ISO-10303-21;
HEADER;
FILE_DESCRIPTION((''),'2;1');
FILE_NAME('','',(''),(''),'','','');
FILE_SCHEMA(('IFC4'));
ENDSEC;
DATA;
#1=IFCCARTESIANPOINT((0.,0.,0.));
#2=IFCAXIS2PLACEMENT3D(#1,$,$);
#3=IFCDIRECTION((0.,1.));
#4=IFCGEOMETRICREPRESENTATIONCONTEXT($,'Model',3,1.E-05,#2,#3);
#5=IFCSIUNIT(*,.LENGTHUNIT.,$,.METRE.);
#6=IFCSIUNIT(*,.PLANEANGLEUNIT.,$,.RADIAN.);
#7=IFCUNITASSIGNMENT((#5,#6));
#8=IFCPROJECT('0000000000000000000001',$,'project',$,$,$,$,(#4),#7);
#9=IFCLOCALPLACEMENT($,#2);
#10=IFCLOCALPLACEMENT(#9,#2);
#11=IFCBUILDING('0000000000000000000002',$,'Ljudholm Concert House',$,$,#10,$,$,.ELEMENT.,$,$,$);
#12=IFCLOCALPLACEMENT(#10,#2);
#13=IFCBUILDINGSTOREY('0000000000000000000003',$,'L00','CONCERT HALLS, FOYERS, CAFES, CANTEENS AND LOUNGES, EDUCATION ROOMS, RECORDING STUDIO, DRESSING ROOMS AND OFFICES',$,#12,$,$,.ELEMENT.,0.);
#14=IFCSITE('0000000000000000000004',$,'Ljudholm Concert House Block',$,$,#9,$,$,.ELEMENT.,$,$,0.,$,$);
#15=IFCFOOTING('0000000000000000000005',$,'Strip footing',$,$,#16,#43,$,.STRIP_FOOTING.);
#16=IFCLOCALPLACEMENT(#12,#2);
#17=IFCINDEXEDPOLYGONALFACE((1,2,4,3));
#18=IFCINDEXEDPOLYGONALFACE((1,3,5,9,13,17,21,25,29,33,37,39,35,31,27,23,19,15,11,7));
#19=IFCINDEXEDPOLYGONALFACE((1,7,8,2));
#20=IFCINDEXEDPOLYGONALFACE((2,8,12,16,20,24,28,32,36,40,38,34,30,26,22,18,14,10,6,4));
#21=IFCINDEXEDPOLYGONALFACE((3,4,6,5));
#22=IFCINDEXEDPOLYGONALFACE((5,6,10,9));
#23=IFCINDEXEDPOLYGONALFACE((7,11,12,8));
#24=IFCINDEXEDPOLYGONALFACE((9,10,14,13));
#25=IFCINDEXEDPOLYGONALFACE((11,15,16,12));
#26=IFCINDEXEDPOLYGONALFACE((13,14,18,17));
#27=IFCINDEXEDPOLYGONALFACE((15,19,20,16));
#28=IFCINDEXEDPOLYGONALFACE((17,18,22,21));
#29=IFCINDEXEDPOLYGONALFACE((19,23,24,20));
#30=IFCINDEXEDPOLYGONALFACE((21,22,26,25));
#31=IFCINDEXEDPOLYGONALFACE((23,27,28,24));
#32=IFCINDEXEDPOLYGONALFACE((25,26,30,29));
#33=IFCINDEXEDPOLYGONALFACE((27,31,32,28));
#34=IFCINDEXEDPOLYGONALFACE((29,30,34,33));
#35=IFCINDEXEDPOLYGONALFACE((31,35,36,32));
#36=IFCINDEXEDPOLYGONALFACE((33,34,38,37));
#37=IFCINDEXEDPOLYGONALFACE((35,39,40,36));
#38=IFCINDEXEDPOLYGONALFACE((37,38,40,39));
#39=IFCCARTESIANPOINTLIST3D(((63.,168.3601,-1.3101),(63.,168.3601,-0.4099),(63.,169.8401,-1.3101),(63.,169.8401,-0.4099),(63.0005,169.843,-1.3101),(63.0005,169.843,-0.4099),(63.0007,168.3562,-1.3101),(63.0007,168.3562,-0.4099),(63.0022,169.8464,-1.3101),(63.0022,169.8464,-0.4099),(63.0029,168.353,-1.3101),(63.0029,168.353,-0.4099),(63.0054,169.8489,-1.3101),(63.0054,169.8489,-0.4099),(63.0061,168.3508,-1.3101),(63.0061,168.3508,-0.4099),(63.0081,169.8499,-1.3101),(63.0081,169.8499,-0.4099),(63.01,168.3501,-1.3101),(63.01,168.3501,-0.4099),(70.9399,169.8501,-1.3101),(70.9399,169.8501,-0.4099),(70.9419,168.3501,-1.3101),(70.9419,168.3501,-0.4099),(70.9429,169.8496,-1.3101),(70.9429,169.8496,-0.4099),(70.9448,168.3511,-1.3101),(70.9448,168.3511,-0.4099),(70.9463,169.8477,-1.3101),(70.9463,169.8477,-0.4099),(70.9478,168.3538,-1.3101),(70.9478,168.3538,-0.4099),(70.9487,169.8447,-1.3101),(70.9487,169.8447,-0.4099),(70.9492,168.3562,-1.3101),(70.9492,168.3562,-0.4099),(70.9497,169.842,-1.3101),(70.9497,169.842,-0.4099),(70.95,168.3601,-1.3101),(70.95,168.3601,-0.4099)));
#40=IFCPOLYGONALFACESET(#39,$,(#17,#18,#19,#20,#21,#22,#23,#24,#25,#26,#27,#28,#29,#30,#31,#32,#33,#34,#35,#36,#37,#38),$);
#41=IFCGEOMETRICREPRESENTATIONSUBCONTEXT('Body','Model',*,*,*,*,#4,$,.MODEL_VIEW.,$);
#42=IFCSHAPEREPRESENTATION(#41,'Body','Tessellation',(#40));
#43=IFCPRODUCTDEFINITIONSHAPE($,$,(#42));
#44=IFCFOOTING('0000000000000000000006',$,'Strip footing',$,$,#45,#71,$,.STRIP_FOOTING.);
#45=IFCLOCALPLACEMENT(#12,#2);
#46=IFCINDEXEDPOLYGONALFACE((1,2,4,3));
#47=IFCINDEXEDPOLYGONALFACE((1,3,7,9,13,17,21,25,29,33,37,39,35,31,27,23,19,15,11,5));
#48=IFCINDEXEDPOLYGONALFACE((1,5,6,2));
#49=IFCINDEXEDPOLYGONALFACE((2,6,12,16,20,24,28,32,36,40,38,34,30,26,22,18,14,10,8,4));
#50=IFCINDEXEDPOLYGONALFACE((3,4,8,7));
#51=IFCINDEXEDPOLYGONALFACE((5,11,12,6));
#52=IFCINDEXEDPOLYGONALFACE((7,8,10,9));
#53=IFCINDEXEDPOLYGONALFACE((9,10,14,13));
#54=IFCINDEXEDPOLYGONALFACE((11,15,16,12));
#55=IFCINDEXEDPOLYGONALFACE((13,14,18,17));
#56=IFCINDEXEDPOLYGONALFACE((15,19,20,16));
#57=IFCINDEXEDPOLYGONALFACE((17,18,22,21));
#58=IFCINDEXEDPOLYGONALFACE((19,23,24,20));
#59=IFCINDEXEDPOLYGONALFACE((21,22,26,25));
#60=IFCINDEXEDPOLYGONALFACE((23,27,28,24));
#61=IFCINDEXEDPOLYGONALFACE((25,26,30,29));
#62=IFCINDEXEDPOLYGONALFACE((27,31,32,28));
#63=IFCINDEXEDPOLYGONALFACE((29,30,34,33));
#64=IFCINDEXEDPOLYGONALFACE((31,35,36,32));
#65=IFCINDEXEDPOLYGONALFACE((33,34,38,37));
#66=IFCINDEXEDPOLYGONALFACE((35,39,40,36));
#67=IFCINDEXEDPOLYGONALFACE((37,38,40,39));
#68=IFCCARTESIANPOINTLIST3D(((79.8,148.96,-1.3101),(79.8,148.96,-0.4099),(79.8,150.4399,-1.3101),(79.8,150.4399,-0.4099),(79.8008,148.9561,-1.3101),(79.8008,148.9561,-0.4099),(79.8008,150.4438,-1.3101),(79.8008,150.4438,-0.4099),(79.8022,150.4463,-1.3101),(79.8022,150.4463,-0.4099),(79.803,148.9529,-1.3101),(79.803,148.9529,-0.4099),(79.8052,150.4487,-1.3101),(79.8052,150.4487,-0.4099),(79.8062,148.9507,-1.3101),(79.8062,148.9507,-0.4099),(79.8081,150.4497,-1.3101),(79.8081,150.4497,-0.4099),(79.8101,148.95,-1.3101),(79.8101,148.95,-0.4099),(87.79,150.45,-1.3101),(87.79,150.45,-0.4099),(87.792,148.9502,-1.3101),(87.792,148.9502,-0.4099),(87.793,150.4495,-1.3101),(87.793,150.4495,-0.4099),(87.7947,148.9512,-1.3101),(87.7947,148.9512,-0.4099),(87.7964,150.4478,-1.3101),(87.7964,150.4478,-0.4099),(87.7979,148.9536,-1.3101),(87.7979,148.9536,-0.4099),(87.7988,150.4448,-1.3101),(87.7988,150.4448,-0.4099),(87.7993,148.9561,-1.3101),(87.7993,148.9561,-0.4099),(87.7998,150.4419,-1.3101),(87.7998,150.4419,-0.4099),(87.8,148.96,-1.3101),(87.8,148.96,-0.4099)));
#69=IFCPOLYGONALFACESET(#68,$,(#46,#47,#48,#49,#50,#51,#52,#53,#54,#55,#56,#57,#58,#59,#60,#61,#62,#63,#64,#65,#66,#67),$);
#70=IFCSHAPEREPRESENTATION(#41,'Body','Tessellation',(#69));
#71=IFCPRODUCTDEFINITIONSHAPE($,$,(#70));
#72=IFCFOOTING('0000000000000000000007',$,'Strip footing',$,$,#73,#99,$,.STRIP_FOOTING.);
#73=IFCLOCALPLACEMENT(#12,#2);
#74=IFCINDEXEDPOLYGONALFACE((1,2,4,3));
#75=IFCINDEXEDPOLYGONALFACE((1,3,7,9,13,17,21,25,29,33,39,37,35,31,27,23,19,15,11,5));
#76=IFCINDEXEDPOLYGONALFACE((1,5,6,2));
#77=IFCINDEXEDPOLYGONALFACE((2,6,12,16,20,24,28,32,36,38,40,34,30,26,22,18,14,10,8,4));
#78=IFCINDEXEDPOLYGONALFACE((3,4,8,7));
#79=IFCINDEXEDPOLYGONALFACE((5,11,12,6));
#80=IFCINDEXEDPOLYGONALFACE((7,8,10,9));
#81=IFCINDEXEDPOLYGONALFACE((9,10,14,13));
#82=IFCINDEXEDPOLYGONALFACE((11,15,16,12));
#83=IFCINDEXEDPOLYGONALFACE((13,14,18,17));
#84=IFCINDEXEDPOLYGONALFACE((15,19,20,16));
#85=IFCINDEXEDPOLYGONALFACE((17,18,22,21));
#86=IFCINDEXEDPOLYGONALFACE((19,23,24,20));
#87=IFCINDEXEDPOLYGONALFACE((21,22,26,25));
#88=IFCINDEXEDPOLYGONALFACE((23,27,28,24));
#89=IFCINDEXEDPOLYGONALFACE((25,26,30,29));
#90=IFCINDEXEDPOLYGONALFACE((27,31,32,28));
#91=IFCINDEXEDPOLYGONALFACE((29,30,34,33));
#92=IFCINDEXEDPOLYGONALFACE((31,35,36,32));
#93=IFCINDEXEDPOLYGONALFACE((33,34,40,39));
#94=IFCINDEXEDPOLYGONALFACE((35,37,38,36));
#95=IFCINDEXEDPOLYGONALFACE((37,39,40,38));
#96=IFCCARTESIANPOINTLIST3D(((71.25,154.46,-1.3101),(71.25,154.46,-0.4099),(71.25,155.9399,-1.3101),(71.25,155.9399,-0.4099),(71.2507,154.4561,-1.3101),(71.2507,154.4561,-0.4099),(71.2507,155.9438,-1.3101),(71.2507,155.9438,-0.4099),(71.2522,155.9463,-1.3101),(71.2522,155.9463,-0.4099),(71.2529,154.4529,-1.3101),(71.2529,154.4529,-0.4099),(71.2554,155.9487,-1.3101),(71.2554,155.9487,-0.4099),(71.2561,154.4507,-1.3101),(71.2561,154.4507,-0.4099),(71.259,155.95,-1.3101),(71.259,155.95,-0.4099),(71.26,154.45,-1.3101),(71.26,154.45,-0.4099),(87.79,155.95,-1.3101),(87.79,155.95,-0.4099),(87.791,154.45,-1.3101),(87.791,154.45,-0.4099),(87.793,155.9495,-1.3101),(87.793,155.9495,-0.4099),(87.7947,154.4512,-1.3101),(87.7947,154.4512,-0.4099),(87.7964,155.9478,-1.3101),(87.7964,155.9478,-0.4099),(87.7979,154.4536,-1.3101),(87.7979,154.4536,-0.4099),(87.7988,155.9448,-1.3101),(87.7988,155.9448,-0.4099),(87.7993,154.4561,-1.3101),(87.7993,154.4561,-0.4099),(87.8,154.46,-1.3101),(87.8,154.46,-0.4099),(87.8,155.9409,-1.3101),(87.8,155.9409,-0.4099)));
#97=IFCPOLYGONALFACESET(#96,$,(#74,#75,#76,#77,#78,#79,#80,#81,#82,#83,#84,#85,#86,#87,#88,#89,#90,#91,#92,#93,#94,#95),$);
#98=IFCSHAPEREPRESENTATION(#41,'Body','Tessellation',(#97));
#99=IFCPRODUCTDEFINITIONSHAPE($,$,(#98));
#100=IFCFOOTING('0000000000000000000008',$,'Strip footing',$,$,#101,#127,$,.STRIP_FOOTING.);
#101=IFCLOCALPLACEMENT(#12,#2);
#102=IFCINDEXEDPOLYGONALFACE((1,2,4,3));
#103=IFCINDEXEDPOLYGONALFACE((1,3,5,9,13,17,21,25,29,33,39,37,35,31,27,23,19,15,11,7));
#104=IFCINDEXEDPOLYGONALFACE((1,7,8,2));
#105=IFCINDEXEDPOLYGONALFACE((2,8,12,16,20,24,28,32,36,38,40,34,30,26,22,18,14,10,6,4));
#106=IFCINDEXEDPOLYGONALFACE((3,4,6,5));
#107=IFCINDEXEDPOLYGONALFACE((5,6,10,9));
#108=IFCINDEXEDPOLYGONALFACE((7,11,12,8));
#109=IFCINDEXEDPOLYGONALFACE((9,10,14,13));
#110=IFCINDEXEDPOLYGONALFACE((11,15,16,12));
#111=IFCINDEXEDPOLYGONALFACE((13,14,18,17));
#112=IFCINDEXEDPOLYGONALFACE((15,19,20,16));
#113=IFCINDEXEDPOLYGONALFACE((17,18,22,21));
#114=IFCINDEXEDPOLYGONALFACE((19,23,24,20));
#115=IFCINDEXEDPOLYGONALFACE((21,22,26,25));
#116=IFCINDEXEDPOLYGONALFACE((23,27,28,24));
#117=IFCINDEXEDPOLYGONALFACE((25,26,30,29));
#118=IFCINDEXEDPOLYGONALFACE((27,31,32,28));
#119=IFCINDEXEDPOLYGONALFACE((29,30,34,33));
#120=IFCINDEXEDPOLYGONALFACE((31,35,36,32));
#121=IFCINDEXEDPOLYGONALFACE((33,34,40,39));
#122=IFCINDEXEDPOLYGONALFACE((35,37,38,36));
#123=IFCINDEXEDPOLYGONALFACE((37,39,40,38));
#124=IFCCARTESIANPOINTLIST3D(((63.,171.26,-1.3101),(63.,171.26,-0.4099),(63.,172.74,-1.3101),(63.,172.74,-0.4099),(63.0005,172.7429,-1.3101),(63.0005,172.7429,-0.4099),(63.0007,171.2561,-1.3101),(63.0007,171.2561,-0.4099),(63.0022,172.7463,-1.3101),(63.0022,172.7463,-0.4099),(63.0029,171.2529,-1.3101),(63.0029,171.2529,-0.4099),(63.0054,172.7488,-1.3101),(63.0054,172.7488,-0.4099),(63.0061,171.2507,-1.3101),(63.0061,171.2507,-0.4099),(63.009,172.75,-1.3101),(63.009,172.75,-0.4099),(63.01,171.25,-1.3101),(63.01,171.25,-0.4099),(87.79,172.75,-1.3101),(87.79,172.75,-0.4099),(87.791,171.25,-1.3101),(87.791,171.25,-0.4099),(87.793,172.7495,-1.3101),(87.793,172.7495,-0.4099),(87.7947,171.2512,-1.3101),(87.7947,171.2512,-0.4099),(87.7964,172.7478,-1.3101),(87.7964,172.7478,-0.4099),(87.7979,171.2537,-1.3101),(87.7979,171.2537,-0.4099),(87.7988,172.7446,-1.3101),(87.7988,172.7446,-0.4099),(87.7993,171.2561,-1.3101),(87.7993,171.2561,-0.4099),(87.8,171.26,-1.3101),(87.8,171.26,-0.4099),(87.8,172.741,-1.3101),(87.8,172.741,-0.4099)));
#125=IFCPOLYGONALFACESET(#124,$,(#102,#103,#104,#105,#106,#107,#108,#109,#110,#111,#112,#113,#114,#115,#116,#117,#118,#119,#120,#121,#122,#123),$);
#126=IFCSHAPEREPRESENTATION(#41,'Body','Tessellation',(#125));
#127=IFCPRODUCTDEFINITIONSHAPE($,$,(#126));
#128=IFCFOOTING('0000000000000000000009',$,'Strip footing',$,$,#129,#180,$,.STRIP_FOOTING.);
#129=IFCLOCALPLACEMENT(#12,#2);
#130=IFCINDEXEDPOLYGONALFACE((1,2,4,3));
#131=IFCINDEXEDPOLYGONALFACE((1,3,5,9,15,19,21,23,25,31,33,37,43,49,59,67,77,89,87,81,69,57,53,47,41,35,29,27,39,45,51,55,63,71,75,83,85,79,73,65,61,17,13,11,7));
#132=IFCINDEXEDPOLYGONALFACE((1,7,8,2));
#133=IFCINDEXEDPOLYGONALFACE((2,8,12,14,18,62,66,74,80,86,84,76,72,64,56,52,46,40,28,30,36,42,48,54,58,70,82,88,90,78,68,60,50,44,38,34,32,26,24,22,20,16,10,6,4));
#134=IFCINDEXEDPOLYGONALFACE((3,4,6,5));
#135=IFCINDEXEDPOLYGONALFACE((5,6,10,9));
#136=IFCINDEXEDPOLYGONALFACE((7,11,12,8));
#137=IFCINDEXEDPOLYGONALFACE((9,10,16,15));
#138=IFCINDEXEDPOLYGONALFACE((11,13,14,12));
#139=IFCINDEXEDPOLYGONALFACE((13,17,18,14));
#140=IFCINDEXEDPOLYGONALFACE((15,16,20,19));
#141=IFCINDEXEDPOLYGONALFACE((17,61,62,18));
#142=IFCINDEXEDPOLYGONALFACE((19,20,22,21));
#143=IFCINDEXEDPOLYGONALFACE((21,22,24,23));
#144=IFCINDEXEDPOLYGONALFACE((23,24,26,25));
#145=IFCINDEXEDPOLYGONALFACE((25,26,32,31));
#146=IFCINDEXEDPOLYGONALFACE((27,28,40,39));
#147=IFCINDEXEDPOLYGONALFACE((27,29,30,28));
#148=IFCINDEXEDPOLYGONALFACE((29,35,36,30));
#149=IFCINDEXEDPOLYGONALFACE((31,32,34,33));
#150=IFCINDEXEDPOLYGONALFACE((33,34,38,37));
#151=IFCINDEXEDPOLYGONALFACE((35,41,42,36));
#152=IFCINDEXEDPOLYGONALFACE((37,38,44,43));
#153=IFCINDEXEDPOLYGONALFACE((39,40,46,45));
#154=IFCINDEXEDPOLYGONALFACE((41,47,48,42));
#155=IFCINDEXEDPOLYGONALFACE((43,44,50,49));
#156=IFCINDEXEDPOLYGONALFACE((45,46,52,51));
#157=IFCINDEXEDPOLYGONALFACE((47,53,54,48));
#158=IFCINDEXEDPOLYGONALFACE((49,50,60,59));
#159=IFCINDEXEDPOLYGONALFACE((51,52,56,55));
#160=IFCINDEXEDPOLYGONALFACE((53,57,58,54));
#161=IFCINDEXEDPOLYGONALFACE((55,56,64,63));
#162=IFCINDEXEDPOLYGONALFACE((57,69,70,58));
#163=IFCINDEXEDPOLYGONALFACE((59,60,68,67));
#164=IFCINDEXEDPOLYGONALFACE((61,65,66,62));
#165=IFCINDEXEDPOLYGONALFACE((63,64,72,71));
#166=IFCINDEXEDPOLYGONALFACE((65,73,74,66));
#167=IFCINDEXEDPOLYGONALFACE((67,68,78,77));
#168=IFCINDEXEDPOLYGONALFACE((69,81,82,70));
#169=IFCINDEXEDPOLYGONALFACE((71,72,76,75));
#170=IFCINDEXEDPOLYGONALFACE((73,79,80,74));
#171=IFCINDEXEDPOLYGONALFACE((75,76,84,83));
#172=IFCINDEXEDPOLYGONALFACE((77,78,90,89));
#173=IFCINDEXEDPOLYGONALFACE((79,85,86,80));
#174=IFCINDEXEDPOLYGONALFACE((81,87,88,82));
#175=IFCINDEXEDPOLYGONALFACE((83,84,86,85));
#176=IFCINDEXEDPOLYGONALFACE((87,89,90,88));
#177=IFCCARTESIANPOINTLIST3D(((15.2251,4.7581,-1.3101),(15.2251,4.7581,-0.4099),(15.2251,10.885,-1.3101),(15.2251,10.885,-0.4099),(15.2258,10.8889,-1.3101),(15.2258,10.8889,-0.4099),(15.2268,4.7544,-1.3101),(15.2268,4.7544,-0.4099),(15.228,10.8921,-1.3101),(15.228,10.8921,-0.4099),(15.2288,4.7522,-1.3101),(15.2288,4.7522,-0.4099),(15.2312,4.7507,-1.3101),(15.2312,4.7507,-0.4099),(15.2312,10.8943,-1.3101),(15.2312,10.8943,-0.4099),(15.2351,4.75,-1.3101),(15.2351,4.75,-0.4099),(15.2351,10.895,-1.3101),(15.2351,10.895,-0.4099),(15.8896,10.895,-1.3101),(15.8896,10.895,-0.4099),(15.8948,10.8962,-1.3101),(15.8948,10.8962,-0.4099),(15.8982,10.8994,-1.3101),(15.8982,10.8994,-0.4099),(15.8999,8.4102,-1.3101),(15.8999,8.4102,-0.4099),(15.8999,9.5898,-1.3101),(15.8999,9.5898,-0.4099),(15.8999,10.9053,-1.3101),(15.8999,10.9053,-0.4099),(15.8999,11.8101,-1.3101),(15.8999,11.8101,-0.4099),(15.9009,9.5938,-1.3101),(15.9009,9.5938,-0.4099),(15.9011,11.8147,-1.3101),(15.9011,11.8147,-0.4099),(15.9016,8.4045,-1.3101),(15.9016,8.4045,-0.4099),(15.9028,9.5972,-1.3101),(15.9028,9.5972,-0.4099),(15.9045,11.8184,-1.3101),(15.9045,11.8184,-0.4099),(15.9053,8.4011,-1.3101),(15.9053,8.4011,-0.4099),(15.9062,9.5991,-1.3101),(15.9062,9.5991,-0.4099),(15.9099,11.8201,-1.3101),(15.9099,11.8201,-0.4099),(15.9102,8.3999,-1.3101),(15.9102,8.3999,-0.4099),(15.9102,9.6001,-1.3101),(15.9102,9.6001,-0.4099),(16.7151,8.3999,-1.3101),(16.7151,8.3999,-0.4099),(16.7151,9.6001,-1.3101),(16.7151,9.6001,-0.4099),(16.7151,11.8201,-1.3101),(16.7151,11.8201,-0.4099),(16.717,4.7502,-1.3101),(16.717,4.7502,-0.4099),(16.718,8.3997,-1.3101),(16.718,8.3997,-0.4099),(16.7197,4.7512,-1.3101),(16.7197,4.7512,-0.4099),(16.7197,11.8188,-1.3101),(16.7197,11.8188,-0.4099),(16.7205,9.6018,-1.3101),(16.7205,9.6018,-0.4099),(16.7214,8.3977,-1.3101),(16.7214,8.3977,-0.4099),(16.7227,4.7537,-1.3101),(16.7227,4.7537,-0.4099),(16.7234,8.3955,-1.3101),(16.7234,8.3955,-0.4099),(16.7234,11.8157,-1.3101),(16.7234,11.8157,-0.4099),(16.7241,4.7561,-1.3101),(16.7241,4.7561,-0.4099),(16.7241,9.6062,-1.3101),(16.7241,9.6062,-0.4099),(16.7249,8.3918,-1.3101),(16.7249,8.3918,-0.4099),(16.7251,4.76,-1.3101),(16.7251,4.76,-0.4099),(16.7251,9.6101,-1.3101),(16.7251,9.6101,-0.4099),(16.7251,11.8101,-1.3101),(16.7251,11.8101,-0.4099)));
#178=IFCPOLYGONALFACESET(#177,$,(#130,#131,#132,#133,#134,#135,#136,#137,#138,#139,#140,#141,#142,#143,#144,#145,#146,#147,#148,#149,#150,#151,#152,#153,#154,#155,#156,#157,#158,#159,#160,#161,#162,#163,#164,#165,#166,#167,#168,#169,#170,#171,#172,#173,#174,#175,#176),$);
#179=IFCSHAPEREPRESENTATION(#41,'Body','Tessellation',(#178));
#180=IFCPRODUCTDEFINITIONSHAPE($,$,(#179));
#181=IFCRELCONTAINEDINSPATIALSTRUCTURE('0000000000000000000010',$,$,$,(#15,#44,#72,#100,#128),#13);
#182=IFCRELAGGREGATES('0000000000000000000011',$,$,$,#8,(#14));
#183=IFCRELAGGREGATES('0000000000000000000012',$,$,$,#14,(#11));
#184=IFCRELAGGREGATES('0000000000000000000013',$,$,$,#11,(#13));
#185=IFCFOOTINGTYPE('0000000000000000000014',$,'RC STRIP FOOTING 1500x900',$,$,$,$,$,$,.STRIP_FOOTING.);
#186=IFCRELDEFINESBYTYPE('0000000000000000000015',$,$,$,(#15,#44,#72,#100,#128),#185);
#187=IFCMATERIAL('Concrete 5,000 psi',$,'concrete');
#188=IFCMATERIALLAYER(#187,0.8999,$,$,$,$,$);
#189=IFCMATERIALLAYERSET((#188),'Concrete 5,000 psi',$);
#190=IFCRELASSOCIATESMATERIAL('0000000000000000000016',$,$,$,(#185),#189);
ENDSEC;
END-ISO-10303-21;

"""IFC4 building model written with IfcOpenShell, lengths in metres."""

from ifc_helpers import new_model, si_unit, direction, frame, origin, place, context, subcontext, project, spatial, polyline, outline, extrude, material, layer, layer_set, type_object, element, save


model = new_model("IFC4")

# Units and contexts
model_context = context("Model", 3, precision=1e-05, world=origin(), true_north=direction((0.0, 1.0)))
body_context = subcontext(model_context, "Body", "Model", "MODEL_VIEW")
ifc_project = project(units=[si_unit("LENGTHUNIT", "METRE"), si_unit("PLANEANGLEUNIT", "RADIAN")], contexts=[model_context])

# Site, building, storey
site_placement = place(None, origin())
site = spatial("IfcSite", under=ifc_project, at=site_placement, Name="Ljudholm Concert House Block", CompositionType="ELEMENT", RefElevation=0.0)
building_placement = place(site_placement, origin())
building = spatial("IfcBuilding", under=site, at=building_placement, Name="Ljudholm Concert House", CompositionType="ELEMENT")
storey_placement = place(building_placement, origin())
storey = spatial("IfcBuildingStorey", under=building, at=storey_placement, Name="L00", Description="CONCERT HALLS, FOYERS, CAFES, CANTEENS AND LOUNGES, EDUCATION ROOMS, RECORDING STUDIO, DRESSING ROOMS AND OFFICES", CompositionType="ELEMENT", Elevation=0.0)

# Footings
ifc_material_1 = material(Name="Concrete 5,000 psi", Category="concrete")
ifc_layer_1 = layer(ifc_material_1, 0.8999)
ifc_layer_set_1 = layer_set([ifc_layer_1], Name="Concrete 5,000 psi")
footing_type_1 = type_object("IfcFootingType", Name="RC STRIP FOOTING 1500x900", PredefinedType="STRIP_FOOTING", material=ifc_layer_set_1)
footing_1_placement = place(storey_placement, frame((0.0, 0.0, -1.3101)))
element("IfcFooting", 1, at=footing_1_placement, inside=storey, type_object=footing_type_1, Name="Strip footing", PredefinedType="STRIP_FOOTING", context=body_context, shape_type="SweptSolid", body=[
    extrude(outline(polyline([(63.01, 168.3501), (70.9419, 168.3501), (70.9448, 168.3511), (70.9478, 168.3538), (70.9492, 168.3562), (70.95, 168.3601), (70.9497, 169.842), (70.9487, 169.8447), (70.9463, 169.8477), (70.9429, 169.8496), (70.9399, 169.8501), (63.0081, 169.8499), (63.0054, 169.8489), (63.0022, 169.8464), (63.0005, 169.843), (63.0, 169.8401), (63.0, 168.3601), (63.0007, 168.3562), (63.0029, 168.353), (63.0061, 168.3508), (63.01, 168.3501)])), origin(), (0.0, 0.0, 1.0), 0.9001),
])
footing_2_placement = place(storey_placement, frame((0.0, 0.0, -1.3101)))
element("IfcFooting", 2, at=footing_2_placement, inside=storey, type_object=footing_type_1, Name="Strip footing", PredefinedType="STRIP_FOOTING", context=body_context, shape_type="SweptSolid", body=[
    extrude(outline(polyline([(79.8101, 148.95), (87.792, 148.9502), (87.7947, 148.9512), (87.7979, 148.9536), (87.7993, 148.9561), (87.8, 148.96), (87.7998, 150.4419), (87.7988, 150.4448), (87.7964, 150.4478), (87.793, 150.4495), (87.79, 150.45), (79.8081, 150.4497), (79.8052, 150.4487), (79.8022, 150.4463), (79.8008, 150.4438), (79.8, 150.4399), (79.8, 148.96), (79.8008, 148.9561), (79.803, 148.9529), (79.8062, 148.9507), (79.8101, 148.95)])), origin(), (0.0, 0.0, 1.0), 0.9001),
])
footing_3_placement = place(storey_placement, frame((0.0, 0.0, -1.3101)))
element("IfcFooting", 3, at=footing_3_placement, inside=storey, type_object=footing_type_1, Name="Strip footing", PredefinedType="STRIP_FOOTING", context=body_context, shape_type="SweptSolid", body=[
    extrude(outline(polyline([(71.26, 154.45), (87.791, 154.45), (87.7947, 154.4512), (87.7979, 154.4536), (87.7993, 154.4561), (87.8, 154.46), (87.8, 155.9409), (87.7988, 155.9448), (87.7964, 155.9478), (87.793, 155.9495), (87.79, 155.95), (71.259, 155.95), (71.2554, 155.9487), (71.2522, 155.9463), (71.2507, 155.9438), (71.25, 155.9399), (71.25, 154.46), (71.2507, 154.4561), (71.2529, 154.4529), (71.2561, 154.4507), (71.26, 154.45)])), origin(), (0.0, 0.0, 1.0), 0.9001),
])
footing_4_placement = place(storey_placement, frame((0.0, 0.0, -1.3101)))
element("IfcFooting", 4, at=footing_4_placement, inside=storey, type_object=footing_type_1, Name="Strip footing", PredefinedType="STRIP_FOOTING", context=body_context, shape_type="SweptSolid", body=[
    extrude(outline(polyline([(63.01, 171.25), (87.791, 171.25), (87.7947, 171.2512), (87.7979, 171.2537), (87.7993, 171.2561), (87.8, 171.26), (87.8, 172.741), (87.7988, 172.7446), (87.7964, 172.7478), (87.793, 172.7495), (87.79, 172.75), (63.009, 172.75), (63.0054, 172.7488), (63.0022, 172.7463), (63.0005, 172.7429), (63.0, 172.74), (63.0, 171.26), (63.0007, 171.2561), (63.0029, 171.2529), (63.0061, 171.2507), (63.01, 171.25)])), origin(), (0.0, 0.0, 1.0), 0.9001),
])
footing_5_placement = place(storey_placement, frame((0.0, 0.0, -1.3101)))
element("IfcFooting", 5, at=footing_5_placement, inside=storey, type_object=footing_type_1, Name="Strip footing", PredefinedType="STRIP_FOOTING", context=body_context, shape_type="SweptSolid", body=[
    extrude(outline(polyline([(15.2251, 10.885), (15.2251, 4.7581), (15.2268, 4.7544), (15.2288, 4.7522), (15.2312, 4.7507), (15.2351, 4.75), (16.717, 4.7502), (16.7197, 4.7512), (16.7227, 4.7537), (16.7241, 4.7561), (16.7251, 4.76), (16.7249, 8.3918), (16.7234, 8.3955), (16.7214, 8.3977), (16.718, 8.3997), (16.7151, 8.3999), (15.9102, 8.3999), (15.9053, 8.4011), (15.9016, 8.4045), (15.8999, 8.4102), (15.8999, 9.5898), (15.9009, 9.5938), (15.9028, 9.5972), (15.9062, 9.5991), (15.9102, 9.6001), (16.7151, 9.6001), (16.7205, 9.6018), (16.7241, 9.6062), (16.7251, 9.6101), (16.7251, 11.8101), (16.7234, 11.8157), (16.7197, 11.8188), (16.7151, 11.8201), (15.9099, 11.8201), (15.9045, 11.8184), (15.9011, 11.8147), (15.8999, 11.8101), (15.8999, 10.9053), (15.8982, 10.8994), (15.8948, 10.8962), (15.8896, 10.895), (15.2351, 10.895), (15.2312, 10.8943), (15.228, 10.8921), (15.2258, 10.8889), (15.2251, 10.885)])), origin(), (0.0, 0.0, 1.0), 0.9001),
])

save(model, "model.ifc")
